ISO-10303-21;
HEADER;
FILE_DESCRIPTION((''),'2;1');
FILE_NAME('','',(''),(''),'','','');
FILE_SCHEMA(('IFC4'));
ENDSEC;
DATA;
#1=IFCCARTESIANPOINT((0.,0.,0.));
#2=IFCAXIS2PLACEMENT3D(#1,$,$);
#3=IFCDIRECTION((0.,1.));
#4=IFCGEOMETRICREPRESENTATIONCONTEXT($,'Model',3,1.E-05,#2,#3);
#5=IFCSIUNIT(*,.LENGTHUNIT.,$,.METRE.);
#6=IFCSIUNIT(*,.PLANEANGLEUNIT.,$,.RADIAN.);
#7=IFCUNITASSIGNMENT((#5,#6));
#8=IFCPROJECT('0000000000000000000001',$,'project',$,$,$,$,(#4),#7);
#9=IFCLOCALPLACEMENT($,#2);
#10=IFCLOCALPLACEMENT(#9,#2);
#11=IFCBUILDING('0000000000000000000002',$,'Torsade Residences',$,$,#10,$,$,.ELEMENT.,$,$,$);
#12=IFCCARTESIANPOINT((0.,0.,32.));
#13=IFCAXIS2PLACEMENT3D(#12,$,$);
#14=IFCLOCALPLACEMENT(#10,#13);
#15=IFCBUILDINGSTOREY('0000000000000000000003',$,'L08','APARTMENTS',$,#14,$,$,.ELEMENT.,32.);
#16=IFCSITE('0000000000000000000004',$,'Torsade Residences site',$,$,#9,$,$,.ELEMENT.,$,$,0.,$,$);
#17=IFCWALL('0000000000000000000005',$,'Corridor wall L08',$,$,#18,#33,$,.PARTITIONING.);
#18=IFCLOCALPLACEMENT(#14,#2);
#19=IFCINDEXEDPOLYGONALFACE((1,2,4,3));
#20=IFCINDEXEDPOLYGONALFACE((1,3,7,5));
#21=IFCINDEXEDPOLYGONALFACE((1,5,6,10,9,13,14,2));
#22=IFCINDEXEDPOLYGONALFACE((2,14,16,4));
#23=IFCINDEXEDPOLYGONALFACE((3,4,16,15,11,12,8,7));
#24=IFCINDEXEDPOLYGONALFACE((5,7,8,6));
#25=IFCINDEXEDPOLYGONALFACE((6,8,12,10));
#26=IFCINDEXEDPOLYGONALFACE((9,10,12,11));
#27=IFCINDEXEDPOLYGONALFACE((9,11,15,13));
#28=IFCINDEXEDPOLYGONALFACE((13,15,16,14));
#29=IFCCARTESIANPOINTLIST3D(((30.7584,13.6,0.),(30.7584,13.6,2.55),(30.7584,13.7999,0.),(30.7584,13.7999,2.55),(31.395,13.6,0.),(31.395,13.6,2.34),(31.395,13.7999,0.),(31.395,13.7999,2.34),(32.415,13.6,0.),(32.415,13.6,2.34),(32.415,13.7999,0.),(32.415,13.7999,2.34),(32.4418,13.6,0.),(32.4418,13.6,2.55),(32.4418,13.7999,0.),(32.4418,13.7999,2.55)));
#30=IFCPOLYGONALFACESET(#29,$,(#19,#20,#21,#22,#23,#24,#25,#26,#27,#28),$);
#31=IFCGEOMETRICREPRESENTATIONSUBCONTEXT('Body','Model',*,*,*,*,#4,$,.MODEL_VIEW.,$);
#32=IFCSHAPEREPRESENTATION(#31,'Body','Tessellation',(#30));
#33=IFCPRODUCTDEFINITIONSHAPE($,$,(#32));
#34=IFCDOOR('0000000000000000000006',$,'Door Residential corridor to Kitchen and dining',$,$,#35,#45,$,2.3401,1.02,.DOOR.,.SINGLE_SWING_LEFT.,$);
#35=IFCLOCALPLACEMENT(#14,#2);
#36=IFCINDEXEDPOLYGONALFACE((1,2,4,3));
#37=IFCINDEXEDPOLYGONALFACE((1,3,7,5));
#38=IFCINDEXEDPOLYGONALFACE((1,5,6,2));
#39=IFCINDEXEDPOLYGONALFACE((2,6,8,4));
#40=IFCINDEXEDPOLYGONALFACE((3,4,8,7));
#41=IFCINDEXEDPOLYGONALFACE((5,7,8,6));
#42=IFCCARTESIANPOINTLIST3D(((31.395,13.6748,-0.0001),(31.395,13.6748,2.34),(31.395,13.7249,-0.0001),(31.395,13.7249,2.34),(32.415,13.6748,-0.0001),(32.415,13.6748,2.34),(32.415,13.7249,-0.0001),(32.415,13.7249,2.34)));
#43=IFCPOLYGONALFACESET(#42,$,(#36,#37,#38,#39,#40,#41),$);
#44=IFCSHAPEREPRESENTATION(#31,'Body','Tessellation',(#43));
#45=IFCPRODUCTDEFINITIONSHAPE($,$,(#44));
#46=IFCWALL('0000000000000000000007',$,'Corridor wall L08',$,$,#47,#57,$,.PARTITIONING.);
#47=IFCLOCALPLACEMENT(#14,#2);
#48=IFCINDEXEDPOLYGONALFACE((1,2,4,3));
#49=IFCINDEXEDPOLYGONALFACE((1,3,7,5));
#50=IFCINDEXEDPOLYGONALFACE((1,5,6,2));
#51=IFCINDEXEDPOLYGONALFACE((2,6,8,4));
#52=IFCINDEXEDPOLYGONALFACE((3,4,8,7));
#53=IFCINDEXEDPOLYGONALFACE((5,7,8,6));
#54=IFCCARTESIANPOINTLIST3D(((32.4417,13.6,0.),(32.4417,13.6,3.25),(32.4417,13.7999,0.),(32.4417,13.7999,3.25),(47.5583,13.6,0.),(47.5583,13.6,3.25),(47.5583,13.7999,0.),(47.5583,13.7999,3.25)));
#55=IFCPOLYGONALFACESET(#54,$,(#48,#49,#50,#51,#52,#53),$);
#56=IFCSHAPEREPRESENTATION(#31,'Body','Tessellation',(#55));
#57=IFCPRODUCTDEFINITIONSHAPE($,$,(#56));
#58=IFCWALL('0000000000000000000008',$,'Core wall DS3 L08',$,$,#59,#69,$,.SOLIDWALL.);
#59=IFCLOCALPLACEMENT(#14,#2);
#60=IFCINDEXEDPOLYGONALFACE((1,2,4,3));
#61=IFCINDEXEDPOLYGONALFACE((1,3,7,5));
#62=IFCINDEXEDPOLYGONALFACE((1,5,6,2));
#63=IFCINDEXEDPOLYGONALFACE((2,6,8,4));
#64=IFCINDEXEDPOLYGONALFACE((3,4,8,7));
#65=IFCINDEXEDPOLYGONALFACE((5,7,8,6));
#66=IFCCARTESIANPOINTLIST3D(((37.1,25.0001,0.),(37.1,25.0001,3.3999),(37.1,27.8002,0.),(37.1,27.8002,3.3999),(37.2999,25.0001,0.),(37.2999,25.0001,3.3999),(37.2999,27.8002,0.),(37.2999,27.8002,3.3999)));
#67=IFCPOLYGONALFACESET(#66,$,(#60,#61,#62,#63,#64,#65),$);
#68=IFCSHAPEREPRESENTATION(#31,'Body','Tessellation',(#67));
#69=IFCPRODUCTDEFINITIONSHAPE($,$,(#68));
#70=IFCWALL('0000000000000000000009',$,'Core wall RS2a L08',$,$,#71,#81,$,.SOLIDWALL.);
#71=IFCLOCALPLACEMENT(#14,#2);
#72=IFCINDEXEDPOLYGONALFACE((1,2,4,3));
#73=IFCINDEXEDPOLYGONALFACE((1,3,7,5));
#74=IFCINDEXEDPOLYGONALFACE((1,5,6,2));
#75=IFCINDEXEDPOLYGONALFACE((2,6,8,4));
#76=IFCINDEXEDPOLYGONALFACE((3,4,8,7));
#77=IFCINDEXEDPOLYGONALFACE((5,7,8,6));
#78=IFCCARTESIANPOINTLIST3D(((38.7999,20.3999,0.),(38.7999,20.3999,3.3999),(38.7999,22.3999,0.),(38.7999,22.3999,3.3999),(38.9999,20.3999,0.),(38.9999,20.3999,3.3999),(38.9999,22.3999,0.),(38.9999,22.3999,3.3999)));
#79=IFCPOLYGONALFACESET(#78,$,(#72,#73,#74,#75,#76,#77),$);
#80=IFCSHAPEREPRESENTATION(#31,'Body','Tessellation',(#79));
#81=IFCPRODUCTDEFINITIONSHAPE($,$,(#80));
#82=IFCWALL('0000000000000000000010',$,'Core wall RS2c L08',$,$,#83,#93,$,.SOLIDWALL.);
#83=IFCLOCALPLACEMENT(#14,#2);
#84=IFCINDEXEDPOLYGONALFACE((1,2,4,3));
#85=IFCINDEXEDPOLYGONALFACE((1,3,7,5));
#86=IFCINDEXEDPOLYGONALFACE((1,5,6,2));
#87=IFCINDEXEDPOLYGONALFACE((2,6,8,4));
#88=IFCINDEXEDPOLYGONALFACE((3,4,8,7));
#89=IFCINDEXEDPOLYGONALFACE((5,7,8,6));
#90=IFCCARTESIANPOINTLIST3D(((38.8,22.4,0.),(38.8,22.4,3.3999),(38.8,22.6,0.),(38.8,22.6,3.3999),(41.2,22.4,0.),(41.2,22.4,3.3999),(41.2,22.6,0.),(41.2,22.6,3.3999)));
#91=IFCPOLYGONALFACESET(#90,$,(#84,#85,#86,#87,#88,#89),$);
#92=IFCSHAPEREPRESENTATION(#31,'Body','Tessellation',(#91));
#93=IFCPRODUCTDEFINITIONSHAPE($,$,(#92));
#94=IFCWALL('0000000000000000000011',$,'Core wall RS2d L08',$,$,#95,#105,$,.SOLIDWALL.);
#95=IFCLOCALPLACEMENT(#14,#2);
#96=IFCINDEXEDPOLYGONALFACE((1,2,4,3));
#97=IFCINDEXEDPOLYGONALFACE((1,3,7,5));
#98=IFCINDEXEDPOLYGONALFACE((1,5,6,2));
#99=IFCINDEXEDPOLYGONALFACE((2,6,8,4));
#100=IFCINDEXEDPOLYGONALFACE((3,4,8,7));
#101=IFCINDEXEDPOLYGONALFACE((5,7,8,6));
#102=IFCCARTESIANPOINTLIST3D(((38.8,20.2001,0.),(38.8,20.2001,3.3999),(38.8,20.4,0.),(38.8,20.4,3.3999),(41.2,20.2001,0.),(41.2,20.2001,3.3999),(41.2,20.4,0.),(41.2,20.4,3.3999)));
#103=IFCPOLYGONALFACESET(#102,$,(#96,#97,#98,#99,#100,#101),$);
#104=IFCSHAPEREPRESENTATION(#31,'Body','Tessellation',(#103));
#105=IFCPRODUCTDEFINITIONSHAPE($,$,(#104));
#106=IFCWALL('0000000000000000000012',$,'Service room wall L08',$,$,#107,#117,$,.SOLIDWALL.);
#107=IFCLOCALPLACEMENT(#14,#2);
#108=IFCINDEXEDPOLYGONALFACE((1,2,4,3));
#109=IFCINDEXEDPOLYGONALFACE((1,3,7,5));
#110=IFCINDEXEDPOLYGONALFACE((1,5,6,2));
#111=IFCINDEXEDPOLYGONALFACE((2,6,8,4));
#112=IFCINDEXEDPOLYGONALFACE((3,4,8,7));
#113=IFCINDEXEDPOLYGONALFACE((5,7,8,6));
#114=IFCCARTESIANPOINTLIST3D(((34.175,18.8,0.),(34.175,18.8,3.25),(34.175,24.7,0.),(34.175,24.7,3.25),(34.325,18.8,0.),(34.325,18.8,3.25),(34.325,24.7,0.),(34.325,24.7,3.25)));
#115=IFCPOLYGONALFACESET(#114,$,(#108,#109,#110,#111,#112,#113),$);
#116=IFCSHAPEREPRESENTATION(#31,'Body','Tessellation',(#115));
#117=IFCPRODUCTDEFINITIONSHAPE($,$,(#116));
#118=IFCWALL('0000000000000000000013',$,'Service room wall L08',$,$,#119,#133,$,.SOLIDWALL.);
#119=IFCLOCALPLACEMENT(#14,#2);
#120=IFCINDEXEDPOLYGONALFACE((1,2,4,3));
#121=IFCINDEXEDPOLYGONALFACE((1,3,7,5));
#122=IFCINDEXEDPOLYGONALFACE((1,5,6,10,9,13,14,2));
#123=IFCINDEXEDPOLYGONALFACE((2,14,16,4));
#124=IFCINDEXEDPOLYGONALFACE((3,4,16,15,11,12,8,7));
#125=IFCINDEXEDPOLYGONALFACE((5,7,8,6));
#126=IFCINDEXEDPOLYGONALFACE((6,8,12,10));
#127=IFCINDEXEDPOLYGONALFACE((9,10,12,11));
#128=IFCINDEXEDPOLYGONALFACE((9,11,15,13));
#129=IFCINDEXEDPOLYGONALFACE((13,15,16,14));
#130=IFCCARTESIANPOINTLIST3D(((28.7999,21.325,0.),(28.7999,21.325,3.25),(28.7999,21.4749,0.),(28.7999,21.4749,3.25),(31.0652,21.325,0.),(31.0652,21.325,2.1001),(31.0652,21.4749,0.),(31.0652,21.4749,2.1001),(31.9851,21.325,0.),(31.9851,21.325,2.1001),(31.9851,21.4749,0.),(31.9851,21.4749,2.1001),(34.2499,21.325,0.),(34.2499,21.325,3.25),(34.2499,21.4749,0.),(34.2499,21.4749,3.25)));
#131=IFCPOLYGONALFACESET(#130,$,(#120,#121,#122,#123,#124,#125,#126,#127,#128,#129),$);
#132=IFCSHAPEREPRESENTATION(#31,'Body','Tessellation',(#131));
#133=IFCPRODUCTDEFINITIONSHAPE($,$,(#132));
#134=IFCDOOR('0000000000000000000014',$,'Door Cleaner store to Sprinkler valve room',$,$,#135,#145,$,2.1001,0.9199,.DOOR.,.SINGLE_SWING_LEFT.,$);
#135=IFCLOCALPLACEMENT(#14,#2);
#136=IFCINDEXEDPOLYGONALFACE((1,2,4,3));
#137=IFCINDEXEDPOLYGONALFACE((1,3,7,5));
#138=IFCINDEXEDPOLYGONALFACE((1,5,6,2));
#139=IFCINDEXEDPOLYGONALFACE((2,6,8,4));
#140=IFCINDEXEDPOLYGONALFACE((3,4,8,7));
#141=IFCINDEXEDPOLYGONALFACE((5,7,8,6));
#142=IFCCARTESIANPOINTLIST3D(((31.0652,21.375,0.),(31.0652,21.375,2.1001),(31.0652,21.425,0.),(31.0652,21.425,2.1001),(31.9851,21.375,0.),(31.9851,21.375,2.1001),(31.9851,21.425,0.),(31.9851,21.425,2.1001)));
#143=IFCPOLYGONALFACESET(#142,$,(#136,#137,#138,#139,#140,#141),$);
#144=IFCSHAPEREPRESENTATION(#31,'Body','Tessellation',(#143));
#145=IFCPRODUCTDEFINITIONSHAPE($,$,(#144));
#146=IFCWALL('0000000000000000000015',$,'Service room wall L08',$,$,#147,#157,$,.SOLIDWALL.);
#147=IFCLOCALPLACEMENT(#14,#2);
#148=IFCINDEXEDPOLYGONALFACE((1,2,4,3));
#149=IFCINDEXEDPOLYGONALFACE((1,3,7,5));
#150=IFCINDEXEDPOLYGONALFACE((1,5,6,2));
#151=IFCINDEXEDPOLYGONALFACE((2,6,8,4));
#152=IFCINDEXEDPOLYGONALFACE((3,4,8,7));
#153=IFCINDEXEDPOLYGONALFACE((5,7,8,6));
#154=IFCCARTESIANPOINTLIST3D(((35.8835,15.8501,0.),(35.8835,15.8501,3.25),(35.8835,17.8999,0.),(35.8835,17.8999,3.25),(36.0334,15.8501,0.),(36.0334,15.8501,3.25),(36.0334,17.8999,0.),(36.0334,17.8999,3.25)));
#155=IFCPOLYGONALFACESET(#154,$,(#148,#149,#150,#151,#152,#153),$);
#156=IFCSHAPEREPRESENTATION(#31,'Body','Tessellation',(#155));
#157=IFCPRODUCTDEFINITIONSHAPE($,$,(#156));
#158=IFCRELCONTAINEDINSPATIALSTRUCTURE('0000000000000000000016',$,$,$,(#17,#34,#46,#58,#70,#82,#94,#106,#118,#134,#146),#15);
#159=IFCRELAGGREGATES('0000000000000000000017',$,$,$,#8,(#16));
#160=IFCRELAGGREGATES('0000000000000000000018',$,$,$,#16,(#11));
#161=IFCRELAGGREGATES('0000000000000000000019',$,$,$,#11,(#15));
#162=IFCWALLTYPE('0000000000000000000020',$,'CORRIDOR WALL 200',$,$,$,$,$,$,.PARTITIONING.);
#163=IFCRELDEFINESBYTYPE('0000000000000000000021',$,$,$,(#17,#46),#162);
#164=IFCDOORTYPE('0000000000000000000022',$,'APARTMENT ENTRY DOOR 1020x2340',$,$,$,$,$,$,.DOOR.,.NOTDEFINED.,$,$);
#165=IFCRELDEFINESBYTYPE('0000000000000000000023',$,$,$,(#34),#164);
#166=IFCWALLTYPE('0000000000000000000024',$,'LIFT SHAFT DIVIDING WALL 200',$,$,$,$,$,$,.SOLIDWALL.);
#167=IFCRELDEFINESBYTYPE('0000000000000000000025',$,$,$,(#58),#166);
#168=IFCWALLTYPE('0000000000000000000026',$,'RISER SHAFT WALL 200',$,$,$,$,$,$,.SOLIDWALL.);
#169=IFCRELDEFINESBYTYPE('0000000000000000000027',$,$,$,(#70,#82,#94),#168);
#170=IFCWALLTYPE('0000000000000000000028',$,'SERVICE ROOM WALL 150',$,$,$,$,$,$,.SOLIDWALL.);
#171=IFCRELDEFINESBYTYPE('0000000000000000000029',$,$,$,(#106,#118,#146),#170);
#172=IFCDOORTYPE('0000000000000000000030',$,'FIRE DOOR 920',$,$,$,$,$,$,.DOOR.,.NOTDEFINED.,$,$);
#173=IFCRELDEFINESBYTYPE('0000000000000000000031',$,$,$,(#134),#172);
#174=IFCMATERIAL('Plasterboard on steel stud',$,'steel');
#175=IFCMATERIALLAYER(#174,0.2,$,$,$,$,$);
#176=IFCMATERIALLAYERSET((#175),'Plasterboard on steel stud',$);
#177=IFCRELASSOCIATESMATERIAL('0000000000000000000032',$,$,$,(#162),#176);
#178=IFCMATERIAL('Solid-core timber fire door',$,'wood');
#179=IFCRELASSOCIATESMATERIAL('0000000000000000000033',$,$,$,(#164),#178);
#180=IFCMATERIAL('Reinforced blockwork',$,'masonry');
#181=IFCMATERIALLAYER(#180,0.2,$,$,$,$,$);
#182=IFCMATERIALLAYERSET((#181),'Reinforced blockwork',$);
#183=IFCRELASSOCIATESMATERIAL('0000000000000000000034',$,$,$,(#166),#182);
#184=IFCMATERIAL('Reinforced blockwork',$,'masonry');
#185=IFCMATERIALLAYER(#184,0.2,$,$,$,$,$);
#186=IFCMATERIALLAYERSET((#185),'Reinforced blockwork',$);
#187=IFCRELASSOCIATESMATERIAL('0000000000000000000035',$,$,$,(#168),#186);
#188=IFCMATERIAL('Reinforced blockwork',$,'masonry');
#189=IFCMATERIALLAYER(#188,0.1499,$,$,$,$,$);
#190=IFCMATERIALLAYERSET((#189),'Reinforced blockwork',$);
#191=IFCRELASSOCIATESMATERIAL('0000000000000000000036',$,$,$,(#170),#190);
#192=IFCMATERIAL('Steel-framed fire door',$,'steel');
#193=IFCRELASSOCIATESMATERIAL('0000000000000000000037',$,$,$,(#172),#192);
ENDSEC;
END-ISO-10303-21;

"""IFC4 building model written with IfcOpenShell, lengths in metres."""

from ifc_helpers import new_model, si_unit, direction, frame, frame_2d, origin, place, context, subcontext, project, spatial, rectangle, extrude, material, layer, layer_set, type_object, element, fill, save


model = new_model("IFC4")

# Units and contexts
model_context = context("Model", 3, precision=1e-05, world=origin(), true_north=direction((0.0, 1.0)))
body_context = subcontext(model_context, "Body", "Model", "MODEL_VIEW")
ifc_project = project(units=[si_unit("LENGTHUNIT", "METRE"), si_unit("PLANEANGLEUNIT", "RADIAN")], contexts=[model_context])

# Site, building, storey
site_placement = place(None, origin())
site = spatial("IfcSite", under=ifc_project, at=site_placement, Name="Torsade Residences site", CompositionType="ELEMENT", RefElevation=0.0)
building_placement = place(site_placement, origin())
building = spatial("IfcBuilding", under=site, at=building_placement, Name="Torsade Residences", CompositionType="ELEMENT")
storey_placement = place(building_placement, frame((0.0, 0.0, 32.0)))
storey = spatial("IfcBuildingStorey", under=building, at=storey_placement, Name="L08", Description="APARTMENTS", CompositionType="ELEMENT", Elevation=32.0)

# Wall, opening, door
ifc_material_1 = material(Name="Plasterboard on steel stud", Category="steel")
ifc_layer_1 = layer(ifc_material_1, 0.2)
ifc_layer_set_1 = layer_set([ifc_layer_1], Name="Plasterboard on steel stud")
wall_type_1 = type_object("IfcWallType", Name="CORRIDOR WALL 200", PredefinedType="PARTITIONING", material=ifc_layer_set_1)
wall_1_placement = place(storey_placement, frame((30.7583, 13.7, 0.0), z_axis=(0.0, 0.0, 1.0), x_axis=(1.0, 0.0, 0.0)))
wall_1 = element("IfcWall", 1, at=wall_1_placement, inside=storey, type_object=wall_type_1, Name="Corridor wall L08", PredefinedType="PARTITIONING", context=body_context, shape_type="SweptSolid", body=[
    extrude(rectangle(XDim=1.6833, YDim=0.2, at=frame_2d((0.8418, 0.0))), origin(), (0.0, 0.0, 1.0), 2.55),
])
opening_1_placement = place(wall_1_placement, frame((0.6367, 0.0, 0.0)))
opening_1 = element("IfcOpeningElement", 2, at=opening_1_placement, cuts=wall_1, PredefinedType="OPENING", context=body_context, shape_type="SweptSolid", body=[
    extrude(rectangle(XDim=1.02, YDim=2.3401, at=frame_2d((0.51, 1.1699))), frame((0.0, 0.1099, 0.0), z_axis=(0.0, -1.0, 0.0), x_axis=(1.0, 0.0, 0.0)), (0.0, 0.0, 1.0), 0.22),
])
ifc_material_2 = material(Name="Solid-core timber fire door", Category="wood")
door_type_1 = type_object("IfcDoorType", Name="APARTMENT ENTRY DOOR 1020x2340", OperationType="NOTDEFINED", PredefinedType="DOOR", material=ifc_material_2)
door_1_placement = place(opening_1_placement, origin())
door_1 = element("IfcDoor", 3, at=door_1_placement, inside=storey, type_object=door_type_1, Name="Door Residential corridor to Kitchen and dining", OperationType="SINGLE_SWING_LEFT", OverallHeight=2.3401, OverallWidth=1.02, PredefinedType="DOOR", context=body_context, shape_type="SweptSolid", body=[
    extrude(rectangle(XDim=1.02, YDim=2.3401, at=frame_2d((0.51, 1.1699))), frame((0.0, 0.0249, 0.0), z_axis=(0.0, -1.0, 0.0), x_axis=(1.0, 0.0, 0.0)), (0.0, 0.0, 1.0), 0.05),
])
fill(opening_1, door_1)

# Walls
wall_2_placement = place(storey_placement, frame((32.4417, 13.7, 0.0), z_axis=(0.0, 0.0, 1.0), x_axis=(1.0, 0.0, 0.0)))
element("IfcWall", 4, at=wall_2_placement, inside=storey, type_object=wall_type_1, Name="Corridor wall L08", PredefinedType="PARTITIONING", context=body_context, shape_type="SweptSolid", body=[
    extrude(rectangle(XDim=15.1167, YDim=0.2, at=frame_2d((7.5583, 0.0))), origin(), (0.0, 0.0, 1.0), 3.25),
])
ifc_material_3 = material(Name="Reinforced blockwork", Category="masonry")
ifc_layer_2 = layer(ifc_material_3, 0.2)
ifc_layer_set_2 = layer_set([ifc_layer_2], Name="Reinforced blockwork")
wall_type_2 = type_object("IfcWallType", Name="LIFT SHAFT DIVIDING WALL 200", PredefinedType="SOLIDWALL", material=ifc_layer_set_2)
wall_3_placement = place(storey_placement, frame((37.2, 27.8, 0.0), z_axis=(0.0, 0.0, 1.0), x_axis=(0.0, -1.0, 0.0)))
element("IfcWall", 5, at=wall_3_placement, inside=storey, type_object=wall_type_2, Name="Core wall DS3 L08", PredefinedType="SOLIDWALL", context=body_context, shape_type="SweptSolid", body=[
    extrude(rectangle(XDim=2.8, YDim=0.2, at=frame_2d((1.3999, 0.0))), origin(), (0.0, 0.0, 1.0), 3.3999),
])
ifc_material_4 = material(Name="Reinforced blockwork", Category="masonry")
ifc_layer_3 = layer(ifc_material_4, 0.2)
ifc_layer_set_3 = layer_set([ifc_layer_3], Name="Reinforced blockwork")
wall_type_3 = type_object("IfcWallType", Name="RISER SHAFT WALL 200", PredefinedType="SOLIDWALL", material=ifc_layer_set_3)
wall_4_placement = place(storey_placement, frame((38.8999, 22.3999, 0.0), z_axis=(0.0, 0.0, 1.0), x_axis=(0.0, -1.0, 0.0)))
element("IfcWall", 6, at=wall_4_placement, inside=storey, type_object=wall_type_3, Name="Core wall RS2a L08", PredefinedType="SOLIDWALL", context=body_context, shape_type="SweptSolid", body=[
    extrude(rectangle(XDim=2.0, YDim=0.2, at=frame_2d((1.0, 0.0))), origin(), (0.0, 0.0, 1.0), 3.3999),
])
for number, where, z_axis, x_axis, name in (
    (7, (38.8, 22.5, 0.0), (0.0, 0.0, 1.0), (1.0, 0.0, 0.0), "Core wall RS2c L08"),
    (8, (38.8, 20.3, 0.0), (0.0, 0.0, 1.0), (1.0, 0.0, 0.0), "Core wall RS2d L08"),
):
    element("IfcWall", number, at=place(storey_placement, frame(where, z_axis=z_axis, x_axis=x_axis)), inside=storey, type_object=wall_type_3, Name=name, PredefinedType="SOLIDWALL", context=body_context, shape_type="SweptSolid", body=[
        extrude(rectangle(XDim=2.3999, YDim=0.2, at=frame_2d((1.2, 0.0))), origin(), (0.0, 0.0, 1.0), 3.3999),
    ])
ifc_material_5 = material(Name="Reinforced blockwork", Category="masonry")
ifc_layer_4 = layer(ifc_material_5, 0.1499)
ifc_layer_set_4 = layer_set([ifc_layer_4], Name="Reinforced blockwork")
wall_type_4 = type_object("IfcWallType", Name="SERVICE ROOM WALL 150", PredefinedType="SOLIDWALL", material=ifc_layer_set_4)
wall_5_placement = place(storey_placement, frame((34.25, 18.8, 0.0), z_axis=(0.0, 0.0, 1.0), x_axis=(0.0, 1.0, 0.0)))
element("IfcWall", 9, at=wall_5_placement, inside=storey, type_object=wall_type_4, Name="Service room wall L08", PredefinedType="SOLIDWALL", context=body_context, shape_type="SweptSolid", body=[
    extrude(rectangle(XDim=5.8999, YDim=0.1499, at=frame_2d((2.95, 0.0))), origin(), (0.0, 0.0, 1.0), 3.25),
])

# Wall, opening, door
wall_6_placement = place(storey_placement, frame((34.25, 21.3999, 0.0), z_axis=(0.0, 0.0, 1.0), x_axis=(-1.0, 0.0, 0.0)))
wall_6 = element("IfcWall", 10, at=wall_6_placement, inside=storey, type_object=wall_type_4, Name="Service room wall L08", PredefinedType="SOLIDWALL", context=body_context, shape_type="SweptSolid", body=[
    extrude(rectangle(XDim=5.45, YDim=0.1499, at=frame_2d((2.7251, 0.0))), origin(), (0.0, 0.0, 1.0), 3.25),
])
opening_2_placement = place(wall_6_placement, frame((2.2649, 0.0, 0.0)))
opening_2 = element("IfcOpeningElement", 11, at=opening_2_placement, cuts=wall_6, PredefinedType="OPENING", context=body_context, shape_type="SweptSolid", body=[
    extrude(rectangle(XDim=0.9199, YDim=2.1001, at=frame_2d((0.46, 1.05))), frame((0.0, 0.085, 0.0), z_axis=(0.0, -1.0, 0.0), x_axis=(1.0, 0.0, 0.0)), (0.0, 0.0, 1.0), 0.1699),
])
ifc_material_6 = material(Name="Steel-framed fire door", Category="steel")
door_type_2 = type_object("IfcDoorType", Name="FIRE DOOR 920", OperationType="NOTDEFINED", PredefinedType="DOOR", material=ifc_material_6)
door_2_placement = place(opening_2_placement, origin())
door_2 = element("IfcDoor", 12, at=door_2_placement, inside=storey, type_object=door_type_2, Name="Door Cleaner store to Sprinkler valve room", OperationType="SINGLE_SWING_LEFT", OverallHeight=2.1001, OverallWidth=0.9199, PredefinedType="DOOR", context=body_context, shape_type="SweptSolid", body=[
    extrude(rectangle(XDim=0.9199, YDim=2.1001, at=frame_2d((0.46, 1.05))), frame((0.0, 0.0249, 0.0), z_axis=(0.0, -1.0, 0.0), x_axis=(1.0, 0.0, 0.0)), (0.0, 0.0, 1.0), 0.05),
])
fill(opening_2, door_2)

# Wall
wall_7_placement = place(storey_placement, frame((35.9585, 15.8501, 0.0), z_axis=(0.0, 0.0, 1.0), x_axis=(0.0, 1.0, 0.0)))
element("IfcWall", 13, at=wall_7_placement, inside=storey, type_object=wall_type_4, Name="Service room wall L08", PredefinedType="SOLIDWALL", context=body_context, shape_type="SweptSolid", body=[
    extrude(rectangle(XDim=2.0498, YDim=0.1499, at=frame_2d((1.0249, 0.0))), origin(), (0.0, 0.0, 1.0), 3.25),
])

save(model, "model.ifc")
